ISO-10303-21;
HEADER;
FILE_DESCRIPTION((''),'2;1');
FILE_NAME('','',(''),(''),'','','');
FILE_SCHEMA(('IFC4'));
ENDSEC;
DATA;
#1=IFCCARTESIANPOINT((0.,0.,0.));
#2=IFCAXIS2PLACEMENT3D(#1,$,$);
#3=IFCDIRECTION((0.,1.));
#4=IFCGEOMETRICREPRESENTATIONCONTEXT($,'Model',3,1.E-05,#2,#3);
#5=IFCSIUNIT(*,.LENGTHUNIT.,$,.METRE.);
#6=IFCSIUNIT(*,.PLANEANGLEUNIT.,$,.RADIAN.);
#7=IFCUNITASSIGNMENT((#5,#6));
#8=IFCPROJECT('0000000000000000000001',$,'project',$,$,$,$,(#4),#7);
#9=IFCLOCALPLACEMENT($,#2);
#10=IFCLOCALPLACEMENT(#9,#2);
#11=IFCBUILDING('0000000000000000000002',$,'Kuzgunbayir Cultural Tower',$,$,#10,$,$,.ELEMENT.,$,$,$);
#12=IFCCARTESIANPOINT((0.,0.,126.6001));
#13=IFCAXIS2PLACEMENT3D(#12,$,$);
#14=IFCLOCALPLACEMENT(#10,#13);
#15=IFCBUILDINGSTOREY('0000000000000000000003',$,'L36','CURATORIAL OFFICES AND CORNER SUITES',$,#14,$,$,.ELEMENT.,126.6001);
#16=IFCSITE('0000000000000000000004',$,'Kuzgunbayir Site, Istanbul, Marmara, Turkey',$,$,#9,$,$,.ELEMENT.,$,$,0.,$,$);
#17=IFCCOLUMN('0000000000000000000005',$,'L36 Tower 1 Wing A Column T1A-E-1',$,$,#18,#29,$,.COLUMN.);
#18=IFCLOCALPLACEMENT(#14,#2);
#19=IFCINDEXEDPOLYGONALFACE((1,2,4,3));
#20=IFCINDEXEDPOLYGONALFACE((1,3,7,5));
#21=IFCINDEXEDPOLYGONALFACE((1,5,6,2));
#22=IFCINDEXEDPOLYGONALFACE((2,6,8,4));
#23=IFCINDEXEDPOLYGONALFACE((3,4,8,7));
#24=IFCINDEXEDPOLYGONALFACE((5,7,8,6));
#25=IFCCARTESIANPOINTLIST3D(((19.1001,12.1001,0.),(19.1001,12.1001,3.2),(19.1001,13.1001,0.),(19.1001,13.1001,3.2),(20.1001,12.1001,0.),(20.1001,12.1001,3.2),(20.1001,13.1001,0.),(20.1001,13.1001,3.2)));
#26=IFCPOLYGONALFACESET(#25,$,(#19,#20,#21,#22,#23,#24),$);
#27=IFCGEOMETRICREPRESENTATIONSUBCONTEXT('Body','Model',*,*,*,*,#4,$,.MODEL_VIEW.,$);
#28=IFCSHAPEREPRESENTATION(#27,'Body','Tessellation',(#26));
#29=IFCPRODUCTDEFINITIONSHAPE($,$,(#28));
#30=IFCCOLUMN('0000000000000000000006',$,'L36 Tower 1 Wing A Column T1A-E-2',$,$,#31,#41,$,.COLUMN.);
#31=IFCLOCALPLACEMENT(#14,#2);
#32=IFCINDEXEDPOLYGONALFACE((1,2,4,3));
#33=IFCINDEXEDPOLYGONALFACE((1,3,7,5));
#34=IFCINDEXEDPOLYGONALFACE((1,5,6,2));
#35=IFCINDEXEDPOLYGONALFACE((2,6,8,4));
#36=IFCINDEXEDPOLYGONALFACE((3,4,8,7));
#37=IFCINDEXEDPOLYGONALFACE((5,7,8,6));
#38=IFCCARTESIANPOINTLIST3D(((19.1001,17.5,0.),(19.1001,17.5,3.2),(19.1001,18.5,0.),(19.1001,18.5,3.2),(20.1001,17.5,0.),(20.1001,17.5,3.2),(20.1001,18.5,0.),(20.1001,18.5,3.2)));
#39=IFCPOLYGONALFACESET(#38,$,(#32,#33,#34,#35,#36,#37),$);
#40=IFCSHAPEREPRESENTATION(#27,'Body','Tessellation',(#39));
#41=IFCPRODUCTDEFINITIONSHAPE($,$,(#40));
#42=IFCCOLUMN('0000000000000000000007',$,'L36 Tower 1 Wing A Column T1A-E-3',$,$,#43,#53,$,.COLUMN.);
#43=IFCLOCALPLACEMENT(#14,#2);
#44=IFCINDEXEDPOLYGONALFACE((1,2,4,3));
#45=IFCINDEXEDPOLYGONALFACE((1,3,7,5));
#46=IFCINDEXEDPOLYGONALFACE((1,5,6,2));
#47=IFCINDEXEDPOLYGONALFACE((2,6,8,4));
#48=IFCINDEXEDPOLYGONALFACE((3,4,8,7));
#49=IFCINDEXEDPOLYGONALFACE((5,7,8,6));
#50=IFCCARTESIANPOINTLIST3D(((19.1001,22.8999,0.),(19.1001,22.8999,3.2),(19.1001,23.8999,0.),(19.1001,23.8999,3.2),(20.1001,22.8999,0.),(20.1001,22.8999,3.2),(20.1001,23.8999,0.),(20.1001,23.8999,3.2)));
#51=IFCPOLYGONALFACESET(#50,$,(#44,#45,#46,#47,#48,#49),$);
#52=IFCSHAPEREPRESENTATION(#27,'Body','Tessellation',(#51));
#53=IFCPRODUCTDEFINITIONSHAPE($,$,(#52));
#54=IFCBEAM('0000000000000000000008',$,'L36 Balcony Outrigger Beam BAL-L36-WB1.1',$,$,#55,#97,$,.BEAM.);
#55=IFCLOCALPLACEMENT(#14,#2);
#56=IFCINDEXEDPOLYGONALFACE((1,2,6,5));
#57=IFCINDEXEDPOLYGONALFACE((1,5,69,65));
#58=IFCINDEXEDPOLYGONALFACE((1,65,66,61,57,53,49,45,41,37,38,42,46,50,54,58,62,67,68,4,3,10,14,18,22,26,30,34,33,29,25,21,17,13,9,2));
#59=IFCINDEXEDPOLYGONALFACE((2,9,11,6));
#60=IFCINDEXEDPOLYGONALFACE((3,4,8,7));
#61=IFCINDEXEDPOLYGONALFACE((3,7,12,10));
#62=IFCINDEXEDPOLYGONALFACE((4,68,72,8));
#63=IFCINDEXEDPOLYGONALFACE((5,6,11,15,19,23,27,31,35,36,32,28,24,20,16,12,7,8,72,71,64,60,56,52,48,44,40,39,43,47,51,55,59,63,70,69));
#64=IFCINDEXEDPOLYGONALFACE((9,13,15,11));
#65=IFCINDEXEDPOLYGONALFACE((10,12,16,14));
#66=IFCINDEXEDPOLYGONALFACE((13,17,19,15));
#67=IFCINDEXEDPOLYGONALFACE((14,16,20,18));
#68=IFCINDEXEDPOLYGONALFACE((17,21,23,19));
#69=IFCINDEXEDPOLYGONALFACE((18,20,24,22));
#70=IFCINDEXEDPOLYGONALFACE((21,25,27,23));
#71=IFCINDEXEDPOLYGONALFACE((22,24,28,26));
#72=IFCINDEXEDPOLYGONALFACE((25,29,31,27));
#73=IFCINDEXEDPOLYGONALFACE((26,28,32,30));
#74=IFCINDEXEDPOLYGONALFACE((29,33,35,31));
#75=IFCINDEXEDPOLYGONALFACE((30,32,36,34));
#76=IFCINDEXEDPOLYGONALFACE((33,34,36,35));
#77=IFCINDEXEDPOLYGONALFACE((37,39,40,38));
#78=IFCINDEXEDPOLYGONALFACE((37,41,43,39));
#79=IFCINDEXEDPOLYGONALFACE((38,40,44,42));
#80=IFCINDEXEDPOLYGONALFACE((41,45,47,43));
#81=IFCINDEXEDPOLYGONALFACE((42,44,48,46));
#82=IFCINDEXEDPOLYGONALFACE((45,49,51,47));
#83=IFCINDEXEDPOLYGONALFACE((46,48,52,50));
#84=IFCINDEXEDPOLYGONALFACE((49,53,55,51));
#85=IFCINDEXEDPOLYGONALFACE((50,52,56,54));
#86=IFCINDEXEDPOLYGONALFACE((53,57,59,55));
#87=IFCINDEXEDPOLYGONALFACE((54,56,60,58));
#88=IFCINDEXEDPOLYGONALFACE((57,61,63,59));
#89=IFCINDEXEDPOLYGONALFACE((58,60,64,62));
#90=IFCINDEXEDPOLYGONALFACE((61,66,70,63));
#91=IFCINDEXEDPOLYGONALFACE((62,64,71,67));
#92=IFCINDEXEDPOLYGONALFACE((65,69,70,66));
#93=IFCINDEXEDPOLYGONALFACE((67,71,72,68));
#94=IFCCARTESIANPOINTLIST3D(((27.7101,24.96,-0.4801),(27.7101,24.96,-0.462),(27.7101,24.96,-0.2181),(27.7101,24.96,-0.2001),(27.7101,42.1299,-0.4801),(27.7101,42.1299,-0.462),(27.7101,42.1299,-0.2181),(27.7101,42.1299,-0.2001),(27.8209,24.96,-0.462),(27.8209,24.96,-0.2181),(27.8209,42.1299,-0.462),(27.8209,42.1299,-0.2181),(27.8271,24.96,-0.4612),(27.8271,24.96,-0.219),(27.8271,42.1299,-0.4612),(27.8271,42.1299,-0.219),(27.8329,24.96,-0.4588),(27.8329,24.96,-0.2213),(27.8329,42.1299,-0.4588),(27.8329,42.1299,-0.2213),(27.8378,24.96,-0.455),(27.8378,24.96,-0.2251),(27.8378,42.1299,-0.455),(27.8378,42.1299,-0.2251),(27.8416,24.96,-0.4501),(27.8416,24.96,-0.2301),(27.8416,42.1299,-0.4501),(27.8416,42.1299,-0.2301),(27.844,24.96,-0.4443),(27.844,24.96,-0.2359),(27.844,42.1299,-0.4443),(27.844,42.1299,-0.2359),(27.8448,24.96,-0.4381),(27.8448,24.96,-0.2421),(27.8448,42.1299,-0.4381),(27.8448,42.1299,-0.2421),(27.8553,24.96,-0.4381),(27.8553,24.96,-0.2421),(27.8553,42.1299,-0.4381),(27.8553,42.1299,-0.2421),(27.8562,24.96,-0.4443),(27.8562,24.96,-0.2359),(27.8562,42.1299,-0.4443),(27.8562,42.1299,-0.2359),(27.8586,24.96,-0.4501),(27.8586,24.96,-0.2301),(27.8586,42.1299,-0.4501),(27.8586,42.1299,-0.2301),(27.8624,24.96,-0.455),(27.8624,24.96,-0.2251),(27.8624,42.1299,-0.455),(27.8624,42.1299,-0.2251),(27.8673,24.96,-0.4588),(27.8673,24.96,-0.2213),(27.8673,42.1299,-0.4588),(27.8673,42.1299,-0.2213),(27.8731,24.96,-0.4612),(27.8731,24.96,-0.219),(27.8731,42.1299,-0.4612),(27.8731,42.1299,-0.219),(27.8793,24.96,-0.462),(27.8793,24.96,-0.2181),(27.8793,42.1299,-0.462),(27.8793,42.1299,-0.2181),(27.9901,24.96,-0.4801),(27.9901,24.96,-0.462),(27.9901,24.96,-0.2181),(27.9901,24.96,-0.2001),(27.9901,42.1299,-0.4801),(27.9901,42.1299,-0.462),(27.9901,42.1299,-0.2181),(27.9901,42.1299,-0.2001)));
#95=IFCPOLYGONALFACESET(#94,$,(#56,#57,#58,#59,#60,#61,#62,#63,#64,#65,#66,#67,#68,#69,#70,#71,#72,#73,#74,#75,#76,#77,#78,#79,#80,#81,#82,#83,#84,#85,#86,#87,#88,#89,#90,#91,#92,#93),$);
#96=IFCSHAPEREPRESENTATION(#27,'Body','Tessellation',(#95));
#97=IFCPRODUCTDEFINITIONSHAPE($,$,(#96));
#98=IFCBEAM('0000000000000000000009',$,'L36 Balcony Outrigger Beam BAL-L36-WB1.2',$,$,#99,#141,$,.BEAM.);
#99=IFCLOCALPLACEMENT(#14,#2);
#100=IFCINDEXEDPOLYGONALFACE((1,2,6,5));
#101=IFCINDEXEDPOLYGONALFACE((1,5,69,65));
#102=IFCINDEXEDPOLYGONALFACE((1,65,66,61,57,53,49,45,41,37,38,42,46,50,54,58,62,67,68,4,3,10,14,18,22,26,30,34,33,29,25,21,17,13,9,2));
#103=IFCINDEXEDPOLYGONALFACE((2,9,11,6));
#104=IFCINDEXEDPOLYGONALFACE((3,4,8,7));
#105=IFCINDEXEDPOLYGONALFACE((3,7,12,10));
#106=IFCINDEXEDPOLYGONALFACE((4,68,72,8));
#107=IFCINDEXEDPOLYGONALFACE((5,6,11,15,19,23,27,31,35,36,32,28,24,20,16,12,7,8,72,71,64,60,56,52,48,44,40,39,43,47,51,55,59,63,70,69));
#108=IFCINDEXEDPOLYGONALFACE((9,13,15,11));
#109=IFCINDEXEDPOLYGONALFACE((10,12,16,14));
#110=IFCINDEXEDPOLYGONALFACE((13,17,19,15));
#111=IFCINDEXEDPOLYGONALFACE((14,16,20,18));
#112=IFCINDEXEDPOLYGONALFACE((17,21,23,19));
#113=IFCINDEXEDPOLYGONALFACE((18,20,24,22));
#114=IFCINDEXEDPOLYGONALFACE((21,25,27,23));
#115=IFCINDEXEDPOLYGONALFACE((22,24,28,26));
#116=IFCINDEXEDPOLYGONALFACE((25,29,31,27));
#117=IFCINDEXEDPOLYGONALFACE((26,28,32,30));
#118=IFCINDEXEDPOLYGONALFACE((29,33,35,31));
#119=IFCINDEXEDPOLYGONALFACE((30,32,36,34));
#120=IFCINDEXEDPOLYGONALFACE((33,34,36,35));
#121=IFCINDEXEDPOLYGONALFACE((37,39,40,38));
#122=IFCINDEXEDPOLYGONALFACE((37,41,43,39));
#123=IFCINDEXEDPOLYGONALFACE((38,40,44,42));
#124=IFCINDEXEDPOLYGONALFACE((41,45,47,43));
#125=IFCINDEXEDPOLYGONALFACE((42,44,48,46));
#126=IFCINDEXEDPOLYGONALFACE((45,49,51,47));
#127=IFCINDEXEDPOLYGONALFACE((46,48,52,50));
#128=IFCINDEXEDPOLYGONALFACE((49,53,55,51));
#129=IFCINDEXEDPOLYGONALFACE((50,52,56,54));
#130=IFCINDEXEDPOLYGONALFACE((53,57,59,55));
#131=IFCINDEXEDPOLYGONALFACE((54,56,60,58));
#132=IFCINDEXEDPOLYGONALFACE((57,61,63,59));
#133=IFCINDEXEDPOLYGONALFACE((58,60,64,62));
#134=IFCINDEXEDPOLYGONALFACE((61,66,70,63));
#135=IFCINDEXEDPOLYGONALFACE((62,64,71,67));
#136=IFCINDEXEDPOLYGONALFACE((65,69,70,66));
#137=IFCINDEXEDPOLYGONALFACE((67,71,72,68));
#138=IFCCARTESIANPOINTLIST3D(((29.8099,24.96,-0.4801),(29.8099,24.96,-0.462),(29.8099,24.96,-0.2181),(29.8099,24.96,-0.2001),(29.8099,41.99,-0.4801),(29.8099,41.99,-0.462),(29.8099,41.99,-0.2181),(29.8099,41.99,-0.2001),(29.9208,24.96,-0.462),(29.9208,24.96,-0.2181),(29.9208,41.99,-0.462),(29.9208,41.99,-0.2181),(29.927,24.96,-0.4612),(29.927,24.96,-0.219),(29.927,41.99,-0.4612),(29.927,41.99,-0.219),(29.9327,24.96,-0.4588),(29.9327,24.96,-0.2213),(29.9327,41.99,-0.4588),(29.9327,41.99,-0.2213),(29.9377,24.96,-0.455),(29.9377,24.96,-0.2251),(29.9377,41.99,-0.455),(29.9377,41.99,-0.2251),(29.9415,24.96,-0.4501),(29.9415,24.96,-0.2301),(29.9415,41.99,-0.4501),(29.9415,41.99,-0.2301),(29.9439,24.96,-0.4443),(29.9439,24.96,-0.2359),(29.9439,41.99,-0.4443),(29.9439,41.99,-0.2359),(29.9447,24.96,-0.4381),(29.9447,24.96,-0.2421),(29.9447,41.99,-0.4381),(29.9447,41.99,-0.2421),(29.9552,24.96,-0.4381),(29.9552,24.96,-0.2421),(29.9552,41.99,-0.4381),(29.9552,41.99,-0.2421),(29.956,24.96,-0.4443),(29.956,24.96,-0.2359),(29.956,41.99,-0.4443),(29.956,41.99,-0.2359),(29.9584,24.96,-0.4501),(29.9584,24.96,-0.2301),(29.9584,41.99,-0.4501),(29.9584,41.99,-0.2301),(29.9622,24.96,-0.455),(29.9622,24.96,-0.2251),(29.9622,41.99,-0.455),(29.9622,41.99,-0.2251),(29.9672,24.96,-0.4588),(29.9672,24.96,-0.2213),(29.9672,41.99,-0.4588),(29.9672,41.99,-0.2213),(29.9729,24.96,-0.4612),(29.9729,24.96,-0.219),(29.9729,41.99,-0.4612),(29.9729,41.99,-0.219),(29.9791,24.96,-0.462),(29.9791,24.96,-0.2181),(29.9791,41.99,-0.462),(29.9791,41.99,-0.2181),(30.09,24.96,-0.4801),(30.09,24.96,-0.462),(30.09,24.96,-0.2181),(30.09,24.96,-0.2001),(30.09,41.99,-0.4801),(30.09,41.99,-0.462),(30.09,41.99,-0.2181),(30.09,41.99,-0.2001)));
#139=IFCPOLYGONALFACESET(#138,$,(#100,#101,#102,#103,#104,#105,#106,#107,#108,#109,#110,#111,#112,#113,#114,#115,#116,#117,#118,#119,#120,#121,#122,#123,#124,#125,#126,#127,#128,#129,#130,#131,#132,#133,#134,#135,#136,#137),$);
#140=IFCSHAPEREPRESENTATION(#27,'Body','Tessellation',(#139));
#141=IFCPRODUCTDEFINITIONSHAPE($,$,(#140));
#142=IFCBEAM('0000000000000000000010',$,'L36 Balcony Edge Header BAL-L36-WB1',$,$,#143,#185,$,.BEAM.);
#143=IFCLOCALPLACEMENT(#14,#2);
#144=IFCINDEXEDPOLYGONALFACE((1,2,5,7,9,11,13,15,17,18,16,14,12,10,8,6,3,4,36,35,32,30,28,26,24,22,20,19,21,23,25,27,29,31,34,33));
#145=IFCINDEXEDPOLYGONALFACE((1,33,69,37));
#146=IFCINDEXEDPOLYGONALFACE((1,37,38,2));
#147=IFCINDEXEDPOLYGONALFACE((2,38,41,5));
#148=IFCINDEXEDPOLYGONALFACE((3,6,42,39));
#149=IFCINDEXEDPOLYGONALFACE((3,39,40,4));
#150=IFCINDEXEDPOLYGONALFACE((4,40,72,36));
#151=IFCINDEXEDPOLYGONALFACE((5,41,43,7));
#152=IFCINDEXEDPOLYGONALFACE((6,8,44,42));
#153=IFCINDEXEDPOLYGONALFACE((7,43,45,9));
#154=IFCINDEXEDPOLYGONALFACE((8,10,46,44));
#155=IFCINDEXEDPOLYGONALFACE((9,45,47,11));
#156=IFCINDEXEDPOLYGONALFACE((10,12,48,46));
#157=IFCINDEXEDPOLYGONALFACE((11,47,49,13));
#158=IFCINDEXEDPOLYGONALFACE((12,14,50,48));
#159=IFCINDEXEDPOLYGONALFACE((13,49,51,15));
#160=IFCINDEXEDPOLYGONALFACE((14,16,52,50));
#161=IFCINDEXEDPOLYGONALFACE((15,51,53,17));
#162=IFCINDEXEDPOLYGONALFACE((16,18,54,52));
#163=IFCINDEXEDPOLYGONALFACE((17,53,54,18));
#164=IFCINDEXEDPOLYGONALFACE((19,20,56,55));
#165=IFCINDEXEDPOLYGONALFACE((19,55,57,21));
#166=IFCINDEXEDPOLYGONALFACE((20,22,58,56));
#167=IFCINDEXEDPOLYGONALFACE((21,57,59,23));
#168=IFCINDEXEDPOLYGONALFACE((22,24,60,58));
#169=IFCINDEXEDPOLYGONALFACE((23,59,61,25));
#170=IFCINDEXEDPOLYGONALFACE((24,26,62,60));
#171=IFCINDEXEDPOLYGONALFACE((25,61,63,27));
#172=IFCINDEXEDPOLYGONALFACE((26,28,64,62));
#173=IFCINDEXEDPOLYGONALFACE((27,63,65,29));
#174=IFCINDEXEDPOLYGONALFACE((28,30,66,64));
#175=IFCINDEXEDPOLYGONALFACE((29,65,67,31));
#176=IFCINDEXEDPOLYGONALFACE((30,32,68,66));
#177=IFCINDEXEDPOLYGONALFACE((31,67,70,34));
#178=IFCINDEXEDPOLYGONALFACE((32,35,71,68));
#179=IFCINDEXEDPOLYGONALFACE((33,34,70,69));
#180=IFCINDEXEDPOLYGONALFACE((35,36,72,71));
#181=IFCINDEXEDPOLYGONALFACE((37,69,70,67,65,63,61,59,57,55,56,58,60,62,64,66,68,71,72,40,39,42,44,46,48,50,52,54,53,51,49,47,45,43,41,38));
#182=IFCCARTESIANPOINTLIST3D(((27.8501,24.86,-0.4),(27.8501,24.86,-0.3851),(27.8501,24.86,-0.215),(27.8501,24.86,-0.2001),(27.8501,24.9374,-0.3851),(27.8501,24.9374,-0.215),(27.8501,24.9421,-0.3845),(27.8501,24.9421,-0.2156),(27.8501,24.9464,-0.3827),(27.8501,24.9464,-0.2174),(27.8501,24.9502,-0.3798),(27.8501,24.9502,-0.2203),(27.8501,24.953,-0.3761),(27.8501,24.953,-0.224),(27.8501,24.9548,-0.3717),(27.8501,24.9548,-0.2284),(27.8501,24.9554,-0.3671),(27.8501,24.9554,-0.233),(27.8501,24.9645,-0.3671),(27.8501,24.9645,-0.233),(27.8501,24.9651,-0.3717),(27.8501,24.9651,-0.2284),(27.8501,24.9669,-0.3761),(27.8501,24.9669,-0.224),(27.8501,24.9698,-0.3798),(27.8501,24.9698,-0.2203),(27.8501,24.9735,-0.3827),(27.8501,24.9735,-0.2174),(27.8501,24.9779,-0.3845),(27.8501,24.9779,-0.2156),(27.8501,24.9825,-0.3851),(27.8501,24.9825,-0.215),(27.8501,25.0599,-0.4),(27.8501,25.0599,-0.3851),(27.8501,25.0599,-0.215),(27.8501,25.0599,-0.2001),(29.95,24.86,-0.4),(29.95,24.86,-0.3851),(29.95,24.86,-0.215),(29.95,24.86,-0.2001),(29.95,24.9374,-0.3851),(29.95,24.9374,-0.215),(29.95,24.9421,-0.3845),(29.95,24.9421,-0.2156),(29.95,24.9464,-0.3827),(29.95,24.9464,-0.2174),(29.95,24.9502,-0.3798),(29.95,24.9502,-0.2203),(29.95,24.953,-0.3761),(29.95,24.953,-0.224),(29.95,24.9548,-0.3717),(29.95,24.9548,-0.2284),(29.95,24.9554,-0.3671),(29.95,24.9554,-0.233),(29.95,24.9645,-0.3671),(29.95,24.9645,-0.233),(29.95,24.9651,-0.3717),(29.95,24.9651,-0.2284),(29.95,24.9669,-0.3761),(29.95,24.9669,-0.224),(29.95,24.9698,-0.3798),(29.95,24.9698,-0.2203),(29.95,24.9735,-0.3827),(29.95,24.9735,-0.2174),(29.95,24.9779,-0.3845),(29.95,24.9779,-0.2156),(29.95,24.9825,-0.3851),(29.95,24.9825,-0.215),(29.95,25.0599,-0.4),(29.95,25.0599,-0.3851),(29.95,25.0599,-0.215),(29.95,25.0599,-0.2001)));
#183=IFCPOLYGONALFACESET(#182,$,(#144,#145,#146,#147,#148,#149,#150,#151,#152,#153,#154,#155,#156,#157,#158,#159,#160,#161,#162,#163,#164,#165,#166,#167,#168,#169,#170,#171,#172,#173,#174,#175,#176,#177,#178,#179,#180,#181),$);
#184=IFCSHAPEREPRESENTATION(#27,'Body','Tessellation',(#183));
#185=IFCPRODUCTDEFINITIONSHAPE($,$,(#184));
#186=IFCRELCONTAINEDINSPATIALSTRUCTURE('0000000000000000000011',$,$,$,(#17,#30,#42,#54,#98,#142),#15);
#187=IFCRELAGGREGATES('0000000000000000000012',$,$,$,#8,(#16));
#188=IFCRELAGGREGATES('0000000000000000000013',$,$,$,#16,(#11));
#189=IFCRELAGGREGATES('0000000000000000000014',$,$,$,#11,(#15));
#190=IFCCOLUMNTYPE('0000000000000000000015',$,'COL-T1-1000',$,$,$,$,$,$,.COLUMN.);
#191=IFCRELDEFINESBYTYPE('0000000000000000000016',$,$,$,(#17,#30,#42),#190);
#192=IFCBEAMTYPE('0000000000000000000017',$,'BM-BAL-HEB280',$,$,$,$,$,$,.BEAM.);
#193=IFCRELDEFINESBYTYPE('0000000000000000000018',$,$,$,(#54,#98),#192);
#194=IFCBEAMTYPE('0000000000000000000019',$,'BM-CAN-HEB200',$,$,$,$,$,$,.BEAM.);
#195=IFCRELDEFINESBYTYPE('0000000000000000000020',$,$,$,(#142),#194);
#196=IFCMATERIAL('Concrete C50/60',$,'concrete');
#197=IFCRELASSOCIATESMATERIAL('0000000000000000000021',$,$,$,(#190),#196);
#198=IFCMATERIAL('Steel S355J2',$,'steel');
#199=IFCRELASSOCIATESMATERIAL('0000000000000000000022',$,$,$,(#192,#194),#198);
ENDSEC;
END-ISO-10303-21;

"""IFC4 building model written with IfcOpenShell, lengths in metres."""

from ifc_helpers import new_model, si_unit, direction, frame, origin, origin_2d, place, context, subcontext, project, spatial, rectangle, i_section, extrude, material, material_profile, profile_set, type_object, element, save


model = new_model("IFC4")

# Units and contexts
model_context = context("Model", 3, precision=1e-05, world=origin(), true_north=direction((0.0, 1.0)))
body_context = subcontext(model_context, "Body", "Model", "MODEL_VIEW")
ifc_project = project(units=[si_unit("LENGTHUNIT", "METRE"), si_unit("PLANEANGLEUNIT", "RADIAN")], contexts=[model_context])

# Site, building, storey
site_placement = place(None, origin())
site = spatial("IfcSite", under=ifc_project, at=site_placement, Name="Kuzgunbayir Site, Istanbul, Marmara, Turkey", CompositionType="ELEMENT", RefElevation=0.0)
building_placement = place(site_placement, origin())
building = spatial("IfcBuilding", under=site, at=building_placement, Name="Kuzgunbayir Cultural Tower", CompositionType="ELEMENT")
storey_placement = place(building_placement, frame((0.0, 0.0, 126.6001)))
storey = spatial("IfcBuildingStorey", under=building, at=storey_placement, Name="L36", Description="CURATORIAL OFFICES AND CORNER SUITES", CompositionType="ELEMENT", Elevation=126.6001)

# Columns
ifc_material_1 = material(Name="Concrete C50/60", Category="concrete")
ifc_material_profile_1 = material_profile(ifc_material_1, rectangle(XDim=1.0, YDim=1.0, at=origin_2d()), Name="RC 1000x1000")
ifc_profile_set_1 = profile_set([ifc_material_profile_1], Name="Concrete C50/60")
column_type = type_object("IfcColumnType", Name="COL-T1-1000", PredefinedType="COLUMN", material=ifc_profile_set_1)
for number, where, z_axis, x_axis, name in (
    (1, (19.6001, 12.6001, 0.0), (0.0, 0.0, 1.0), (1.0, 0.0, 0.0), "L36 Tower 1 Wing A Column T1A-E-1"),
    (2, (19.6001, 18.0, 0.0), (0.0, 0.0, 1.0), (1.0, 0.0, 0.0), "L36 Tower 1 Wing A Column T1A-E-2"),
    (3, (19.6001, 23.3999, 0.0), (0.0, 0.0, 1.0), (1.0, 0.0, 0.0), "L36 Tower 1 Wing A Column T1A-E-3"),
):
    element("IfcColumn", number, at=place(storey_placement, frame(where, z_axis=z_axis, x_axis=x_axis)), inside=storey, type_object=column_type, Name=name, PredefinedType="COLUMN", context=body_context, shape_type="SweptSolid", body=[
        extrude(rectangle(XDim=1.0, YDim=1.0, at=origin_2d()), origin(), (0.0, 0.0, 1.0), 3.2),
    ])

# Beams
ifc_material_2 = material(Name="Steel S355J2", Category="steel")
ifc_material_profile_2 = material_profile(ifc_material_2, i_section(OverallWidth=0.28, OverallDepth=0.28, WebThickness=0.0105, FlangeThickness=0.0181, FilletRadius=0.0239, at=origin_2d()), Name="HEB 280")
ifc_profile_set_2 = profile_set([ifc_material_profile_2], Name="Steel S355J2")
beam_type_1 = type_object("IfcBeamType", Name="BM-BAL-HEB280", PredefinedType="BEAM", material=ifc_profile_set_2)
beam_1_placement = place(storey_placement, frame((27.8501, 24.96, -0.3401), z_axis=(0.0, 1.0, 0.0), x_axis=(-1.0, 0.0, 0.0)))
element("IfcBeam", 4, at=beam_1_placement, inside=storey, type_object=beam_type_1, Name="L36 Balcony Outrigger Beam BAL-L36-WB1.1", PredefinedType="BEAM", context=body_context, shape_type="SweptSolid", body=[
    extrude(i_section(OverallWidth=0.28, OverallDepth=0.28, WebThickness=0.0105, FlangeThickness=0.0181, FilletRadius=0.0239, at=origin_2d()), origin(), (0.0, 0.0, 1.0), 17.1699),
])
beam_2_placement = place(storey_placement, frame((29.95, 24.96, -0.3401), z_axis=(0.0, 1.0, 0.0), x_axis=(-1.0, 0.0, 0.0)))
element("IfcBeam", 5, at=beam_2_placement, inside=storey, type_object=beam_type_1, Name="L36 Balcony Outrigger Beam BAL-L36-WB1.2", PredefinedType="BEAM", context=body_context, shape_type="SweptSolid", body=[
    extrude(i_section(OverallWidth=0.28, OverallDepth=0.28, WebThickness=0.0105, FlangeThickness=0.0181, FilletRadius=0.0239, at=origin_2d()), origin(), (0.0, 0.0, 1.0), 17.03),
])
ifc_material_profile_3 = material_profile(ifc_material_2, i_section(OverallWidth=0.2, OverallDepth=0.2, WebThickness=0.009, FlangeThickness=0.0149, FilletRadius=0.0181, at=origin_2d()), Name="HEB 200")
ifc_profile_set_3 = profile_set([ifc_material_profile_3], Name="Steel S355J2")
beam_type_2 = type_object("IfcBeamType", Name="BM-CAN-HEB200", PredefinedType="BEAM", material=ifc_profile_set_3)
beam_3_placement = place(storey_placement, frame((27.8501, 24.96, -0.3), z_axis=(1.0, 0.0, 0.0), x_axis=(0.0, 1.0, 0.0)))
element("IfcBeam", 6, at=beam_3_placement, inside=storey, type_object=beam_type_2, Name="L36 Balcony Edge Header BAL-L36-WB1", PredefinedType="BEAM", context=body_context, shape_type="SweptSolid", body=[
    extrude(i_section(OverallWidth=0.2, OverallDepth=0.2, WebThickness=0.009, FlangeThickness=0.0149, FilletRadius=0.0181, at=origin_2d()), origin(), (0.0, 0.0, 1.0), 2.0999),
])

save(model, "model.ifc")
